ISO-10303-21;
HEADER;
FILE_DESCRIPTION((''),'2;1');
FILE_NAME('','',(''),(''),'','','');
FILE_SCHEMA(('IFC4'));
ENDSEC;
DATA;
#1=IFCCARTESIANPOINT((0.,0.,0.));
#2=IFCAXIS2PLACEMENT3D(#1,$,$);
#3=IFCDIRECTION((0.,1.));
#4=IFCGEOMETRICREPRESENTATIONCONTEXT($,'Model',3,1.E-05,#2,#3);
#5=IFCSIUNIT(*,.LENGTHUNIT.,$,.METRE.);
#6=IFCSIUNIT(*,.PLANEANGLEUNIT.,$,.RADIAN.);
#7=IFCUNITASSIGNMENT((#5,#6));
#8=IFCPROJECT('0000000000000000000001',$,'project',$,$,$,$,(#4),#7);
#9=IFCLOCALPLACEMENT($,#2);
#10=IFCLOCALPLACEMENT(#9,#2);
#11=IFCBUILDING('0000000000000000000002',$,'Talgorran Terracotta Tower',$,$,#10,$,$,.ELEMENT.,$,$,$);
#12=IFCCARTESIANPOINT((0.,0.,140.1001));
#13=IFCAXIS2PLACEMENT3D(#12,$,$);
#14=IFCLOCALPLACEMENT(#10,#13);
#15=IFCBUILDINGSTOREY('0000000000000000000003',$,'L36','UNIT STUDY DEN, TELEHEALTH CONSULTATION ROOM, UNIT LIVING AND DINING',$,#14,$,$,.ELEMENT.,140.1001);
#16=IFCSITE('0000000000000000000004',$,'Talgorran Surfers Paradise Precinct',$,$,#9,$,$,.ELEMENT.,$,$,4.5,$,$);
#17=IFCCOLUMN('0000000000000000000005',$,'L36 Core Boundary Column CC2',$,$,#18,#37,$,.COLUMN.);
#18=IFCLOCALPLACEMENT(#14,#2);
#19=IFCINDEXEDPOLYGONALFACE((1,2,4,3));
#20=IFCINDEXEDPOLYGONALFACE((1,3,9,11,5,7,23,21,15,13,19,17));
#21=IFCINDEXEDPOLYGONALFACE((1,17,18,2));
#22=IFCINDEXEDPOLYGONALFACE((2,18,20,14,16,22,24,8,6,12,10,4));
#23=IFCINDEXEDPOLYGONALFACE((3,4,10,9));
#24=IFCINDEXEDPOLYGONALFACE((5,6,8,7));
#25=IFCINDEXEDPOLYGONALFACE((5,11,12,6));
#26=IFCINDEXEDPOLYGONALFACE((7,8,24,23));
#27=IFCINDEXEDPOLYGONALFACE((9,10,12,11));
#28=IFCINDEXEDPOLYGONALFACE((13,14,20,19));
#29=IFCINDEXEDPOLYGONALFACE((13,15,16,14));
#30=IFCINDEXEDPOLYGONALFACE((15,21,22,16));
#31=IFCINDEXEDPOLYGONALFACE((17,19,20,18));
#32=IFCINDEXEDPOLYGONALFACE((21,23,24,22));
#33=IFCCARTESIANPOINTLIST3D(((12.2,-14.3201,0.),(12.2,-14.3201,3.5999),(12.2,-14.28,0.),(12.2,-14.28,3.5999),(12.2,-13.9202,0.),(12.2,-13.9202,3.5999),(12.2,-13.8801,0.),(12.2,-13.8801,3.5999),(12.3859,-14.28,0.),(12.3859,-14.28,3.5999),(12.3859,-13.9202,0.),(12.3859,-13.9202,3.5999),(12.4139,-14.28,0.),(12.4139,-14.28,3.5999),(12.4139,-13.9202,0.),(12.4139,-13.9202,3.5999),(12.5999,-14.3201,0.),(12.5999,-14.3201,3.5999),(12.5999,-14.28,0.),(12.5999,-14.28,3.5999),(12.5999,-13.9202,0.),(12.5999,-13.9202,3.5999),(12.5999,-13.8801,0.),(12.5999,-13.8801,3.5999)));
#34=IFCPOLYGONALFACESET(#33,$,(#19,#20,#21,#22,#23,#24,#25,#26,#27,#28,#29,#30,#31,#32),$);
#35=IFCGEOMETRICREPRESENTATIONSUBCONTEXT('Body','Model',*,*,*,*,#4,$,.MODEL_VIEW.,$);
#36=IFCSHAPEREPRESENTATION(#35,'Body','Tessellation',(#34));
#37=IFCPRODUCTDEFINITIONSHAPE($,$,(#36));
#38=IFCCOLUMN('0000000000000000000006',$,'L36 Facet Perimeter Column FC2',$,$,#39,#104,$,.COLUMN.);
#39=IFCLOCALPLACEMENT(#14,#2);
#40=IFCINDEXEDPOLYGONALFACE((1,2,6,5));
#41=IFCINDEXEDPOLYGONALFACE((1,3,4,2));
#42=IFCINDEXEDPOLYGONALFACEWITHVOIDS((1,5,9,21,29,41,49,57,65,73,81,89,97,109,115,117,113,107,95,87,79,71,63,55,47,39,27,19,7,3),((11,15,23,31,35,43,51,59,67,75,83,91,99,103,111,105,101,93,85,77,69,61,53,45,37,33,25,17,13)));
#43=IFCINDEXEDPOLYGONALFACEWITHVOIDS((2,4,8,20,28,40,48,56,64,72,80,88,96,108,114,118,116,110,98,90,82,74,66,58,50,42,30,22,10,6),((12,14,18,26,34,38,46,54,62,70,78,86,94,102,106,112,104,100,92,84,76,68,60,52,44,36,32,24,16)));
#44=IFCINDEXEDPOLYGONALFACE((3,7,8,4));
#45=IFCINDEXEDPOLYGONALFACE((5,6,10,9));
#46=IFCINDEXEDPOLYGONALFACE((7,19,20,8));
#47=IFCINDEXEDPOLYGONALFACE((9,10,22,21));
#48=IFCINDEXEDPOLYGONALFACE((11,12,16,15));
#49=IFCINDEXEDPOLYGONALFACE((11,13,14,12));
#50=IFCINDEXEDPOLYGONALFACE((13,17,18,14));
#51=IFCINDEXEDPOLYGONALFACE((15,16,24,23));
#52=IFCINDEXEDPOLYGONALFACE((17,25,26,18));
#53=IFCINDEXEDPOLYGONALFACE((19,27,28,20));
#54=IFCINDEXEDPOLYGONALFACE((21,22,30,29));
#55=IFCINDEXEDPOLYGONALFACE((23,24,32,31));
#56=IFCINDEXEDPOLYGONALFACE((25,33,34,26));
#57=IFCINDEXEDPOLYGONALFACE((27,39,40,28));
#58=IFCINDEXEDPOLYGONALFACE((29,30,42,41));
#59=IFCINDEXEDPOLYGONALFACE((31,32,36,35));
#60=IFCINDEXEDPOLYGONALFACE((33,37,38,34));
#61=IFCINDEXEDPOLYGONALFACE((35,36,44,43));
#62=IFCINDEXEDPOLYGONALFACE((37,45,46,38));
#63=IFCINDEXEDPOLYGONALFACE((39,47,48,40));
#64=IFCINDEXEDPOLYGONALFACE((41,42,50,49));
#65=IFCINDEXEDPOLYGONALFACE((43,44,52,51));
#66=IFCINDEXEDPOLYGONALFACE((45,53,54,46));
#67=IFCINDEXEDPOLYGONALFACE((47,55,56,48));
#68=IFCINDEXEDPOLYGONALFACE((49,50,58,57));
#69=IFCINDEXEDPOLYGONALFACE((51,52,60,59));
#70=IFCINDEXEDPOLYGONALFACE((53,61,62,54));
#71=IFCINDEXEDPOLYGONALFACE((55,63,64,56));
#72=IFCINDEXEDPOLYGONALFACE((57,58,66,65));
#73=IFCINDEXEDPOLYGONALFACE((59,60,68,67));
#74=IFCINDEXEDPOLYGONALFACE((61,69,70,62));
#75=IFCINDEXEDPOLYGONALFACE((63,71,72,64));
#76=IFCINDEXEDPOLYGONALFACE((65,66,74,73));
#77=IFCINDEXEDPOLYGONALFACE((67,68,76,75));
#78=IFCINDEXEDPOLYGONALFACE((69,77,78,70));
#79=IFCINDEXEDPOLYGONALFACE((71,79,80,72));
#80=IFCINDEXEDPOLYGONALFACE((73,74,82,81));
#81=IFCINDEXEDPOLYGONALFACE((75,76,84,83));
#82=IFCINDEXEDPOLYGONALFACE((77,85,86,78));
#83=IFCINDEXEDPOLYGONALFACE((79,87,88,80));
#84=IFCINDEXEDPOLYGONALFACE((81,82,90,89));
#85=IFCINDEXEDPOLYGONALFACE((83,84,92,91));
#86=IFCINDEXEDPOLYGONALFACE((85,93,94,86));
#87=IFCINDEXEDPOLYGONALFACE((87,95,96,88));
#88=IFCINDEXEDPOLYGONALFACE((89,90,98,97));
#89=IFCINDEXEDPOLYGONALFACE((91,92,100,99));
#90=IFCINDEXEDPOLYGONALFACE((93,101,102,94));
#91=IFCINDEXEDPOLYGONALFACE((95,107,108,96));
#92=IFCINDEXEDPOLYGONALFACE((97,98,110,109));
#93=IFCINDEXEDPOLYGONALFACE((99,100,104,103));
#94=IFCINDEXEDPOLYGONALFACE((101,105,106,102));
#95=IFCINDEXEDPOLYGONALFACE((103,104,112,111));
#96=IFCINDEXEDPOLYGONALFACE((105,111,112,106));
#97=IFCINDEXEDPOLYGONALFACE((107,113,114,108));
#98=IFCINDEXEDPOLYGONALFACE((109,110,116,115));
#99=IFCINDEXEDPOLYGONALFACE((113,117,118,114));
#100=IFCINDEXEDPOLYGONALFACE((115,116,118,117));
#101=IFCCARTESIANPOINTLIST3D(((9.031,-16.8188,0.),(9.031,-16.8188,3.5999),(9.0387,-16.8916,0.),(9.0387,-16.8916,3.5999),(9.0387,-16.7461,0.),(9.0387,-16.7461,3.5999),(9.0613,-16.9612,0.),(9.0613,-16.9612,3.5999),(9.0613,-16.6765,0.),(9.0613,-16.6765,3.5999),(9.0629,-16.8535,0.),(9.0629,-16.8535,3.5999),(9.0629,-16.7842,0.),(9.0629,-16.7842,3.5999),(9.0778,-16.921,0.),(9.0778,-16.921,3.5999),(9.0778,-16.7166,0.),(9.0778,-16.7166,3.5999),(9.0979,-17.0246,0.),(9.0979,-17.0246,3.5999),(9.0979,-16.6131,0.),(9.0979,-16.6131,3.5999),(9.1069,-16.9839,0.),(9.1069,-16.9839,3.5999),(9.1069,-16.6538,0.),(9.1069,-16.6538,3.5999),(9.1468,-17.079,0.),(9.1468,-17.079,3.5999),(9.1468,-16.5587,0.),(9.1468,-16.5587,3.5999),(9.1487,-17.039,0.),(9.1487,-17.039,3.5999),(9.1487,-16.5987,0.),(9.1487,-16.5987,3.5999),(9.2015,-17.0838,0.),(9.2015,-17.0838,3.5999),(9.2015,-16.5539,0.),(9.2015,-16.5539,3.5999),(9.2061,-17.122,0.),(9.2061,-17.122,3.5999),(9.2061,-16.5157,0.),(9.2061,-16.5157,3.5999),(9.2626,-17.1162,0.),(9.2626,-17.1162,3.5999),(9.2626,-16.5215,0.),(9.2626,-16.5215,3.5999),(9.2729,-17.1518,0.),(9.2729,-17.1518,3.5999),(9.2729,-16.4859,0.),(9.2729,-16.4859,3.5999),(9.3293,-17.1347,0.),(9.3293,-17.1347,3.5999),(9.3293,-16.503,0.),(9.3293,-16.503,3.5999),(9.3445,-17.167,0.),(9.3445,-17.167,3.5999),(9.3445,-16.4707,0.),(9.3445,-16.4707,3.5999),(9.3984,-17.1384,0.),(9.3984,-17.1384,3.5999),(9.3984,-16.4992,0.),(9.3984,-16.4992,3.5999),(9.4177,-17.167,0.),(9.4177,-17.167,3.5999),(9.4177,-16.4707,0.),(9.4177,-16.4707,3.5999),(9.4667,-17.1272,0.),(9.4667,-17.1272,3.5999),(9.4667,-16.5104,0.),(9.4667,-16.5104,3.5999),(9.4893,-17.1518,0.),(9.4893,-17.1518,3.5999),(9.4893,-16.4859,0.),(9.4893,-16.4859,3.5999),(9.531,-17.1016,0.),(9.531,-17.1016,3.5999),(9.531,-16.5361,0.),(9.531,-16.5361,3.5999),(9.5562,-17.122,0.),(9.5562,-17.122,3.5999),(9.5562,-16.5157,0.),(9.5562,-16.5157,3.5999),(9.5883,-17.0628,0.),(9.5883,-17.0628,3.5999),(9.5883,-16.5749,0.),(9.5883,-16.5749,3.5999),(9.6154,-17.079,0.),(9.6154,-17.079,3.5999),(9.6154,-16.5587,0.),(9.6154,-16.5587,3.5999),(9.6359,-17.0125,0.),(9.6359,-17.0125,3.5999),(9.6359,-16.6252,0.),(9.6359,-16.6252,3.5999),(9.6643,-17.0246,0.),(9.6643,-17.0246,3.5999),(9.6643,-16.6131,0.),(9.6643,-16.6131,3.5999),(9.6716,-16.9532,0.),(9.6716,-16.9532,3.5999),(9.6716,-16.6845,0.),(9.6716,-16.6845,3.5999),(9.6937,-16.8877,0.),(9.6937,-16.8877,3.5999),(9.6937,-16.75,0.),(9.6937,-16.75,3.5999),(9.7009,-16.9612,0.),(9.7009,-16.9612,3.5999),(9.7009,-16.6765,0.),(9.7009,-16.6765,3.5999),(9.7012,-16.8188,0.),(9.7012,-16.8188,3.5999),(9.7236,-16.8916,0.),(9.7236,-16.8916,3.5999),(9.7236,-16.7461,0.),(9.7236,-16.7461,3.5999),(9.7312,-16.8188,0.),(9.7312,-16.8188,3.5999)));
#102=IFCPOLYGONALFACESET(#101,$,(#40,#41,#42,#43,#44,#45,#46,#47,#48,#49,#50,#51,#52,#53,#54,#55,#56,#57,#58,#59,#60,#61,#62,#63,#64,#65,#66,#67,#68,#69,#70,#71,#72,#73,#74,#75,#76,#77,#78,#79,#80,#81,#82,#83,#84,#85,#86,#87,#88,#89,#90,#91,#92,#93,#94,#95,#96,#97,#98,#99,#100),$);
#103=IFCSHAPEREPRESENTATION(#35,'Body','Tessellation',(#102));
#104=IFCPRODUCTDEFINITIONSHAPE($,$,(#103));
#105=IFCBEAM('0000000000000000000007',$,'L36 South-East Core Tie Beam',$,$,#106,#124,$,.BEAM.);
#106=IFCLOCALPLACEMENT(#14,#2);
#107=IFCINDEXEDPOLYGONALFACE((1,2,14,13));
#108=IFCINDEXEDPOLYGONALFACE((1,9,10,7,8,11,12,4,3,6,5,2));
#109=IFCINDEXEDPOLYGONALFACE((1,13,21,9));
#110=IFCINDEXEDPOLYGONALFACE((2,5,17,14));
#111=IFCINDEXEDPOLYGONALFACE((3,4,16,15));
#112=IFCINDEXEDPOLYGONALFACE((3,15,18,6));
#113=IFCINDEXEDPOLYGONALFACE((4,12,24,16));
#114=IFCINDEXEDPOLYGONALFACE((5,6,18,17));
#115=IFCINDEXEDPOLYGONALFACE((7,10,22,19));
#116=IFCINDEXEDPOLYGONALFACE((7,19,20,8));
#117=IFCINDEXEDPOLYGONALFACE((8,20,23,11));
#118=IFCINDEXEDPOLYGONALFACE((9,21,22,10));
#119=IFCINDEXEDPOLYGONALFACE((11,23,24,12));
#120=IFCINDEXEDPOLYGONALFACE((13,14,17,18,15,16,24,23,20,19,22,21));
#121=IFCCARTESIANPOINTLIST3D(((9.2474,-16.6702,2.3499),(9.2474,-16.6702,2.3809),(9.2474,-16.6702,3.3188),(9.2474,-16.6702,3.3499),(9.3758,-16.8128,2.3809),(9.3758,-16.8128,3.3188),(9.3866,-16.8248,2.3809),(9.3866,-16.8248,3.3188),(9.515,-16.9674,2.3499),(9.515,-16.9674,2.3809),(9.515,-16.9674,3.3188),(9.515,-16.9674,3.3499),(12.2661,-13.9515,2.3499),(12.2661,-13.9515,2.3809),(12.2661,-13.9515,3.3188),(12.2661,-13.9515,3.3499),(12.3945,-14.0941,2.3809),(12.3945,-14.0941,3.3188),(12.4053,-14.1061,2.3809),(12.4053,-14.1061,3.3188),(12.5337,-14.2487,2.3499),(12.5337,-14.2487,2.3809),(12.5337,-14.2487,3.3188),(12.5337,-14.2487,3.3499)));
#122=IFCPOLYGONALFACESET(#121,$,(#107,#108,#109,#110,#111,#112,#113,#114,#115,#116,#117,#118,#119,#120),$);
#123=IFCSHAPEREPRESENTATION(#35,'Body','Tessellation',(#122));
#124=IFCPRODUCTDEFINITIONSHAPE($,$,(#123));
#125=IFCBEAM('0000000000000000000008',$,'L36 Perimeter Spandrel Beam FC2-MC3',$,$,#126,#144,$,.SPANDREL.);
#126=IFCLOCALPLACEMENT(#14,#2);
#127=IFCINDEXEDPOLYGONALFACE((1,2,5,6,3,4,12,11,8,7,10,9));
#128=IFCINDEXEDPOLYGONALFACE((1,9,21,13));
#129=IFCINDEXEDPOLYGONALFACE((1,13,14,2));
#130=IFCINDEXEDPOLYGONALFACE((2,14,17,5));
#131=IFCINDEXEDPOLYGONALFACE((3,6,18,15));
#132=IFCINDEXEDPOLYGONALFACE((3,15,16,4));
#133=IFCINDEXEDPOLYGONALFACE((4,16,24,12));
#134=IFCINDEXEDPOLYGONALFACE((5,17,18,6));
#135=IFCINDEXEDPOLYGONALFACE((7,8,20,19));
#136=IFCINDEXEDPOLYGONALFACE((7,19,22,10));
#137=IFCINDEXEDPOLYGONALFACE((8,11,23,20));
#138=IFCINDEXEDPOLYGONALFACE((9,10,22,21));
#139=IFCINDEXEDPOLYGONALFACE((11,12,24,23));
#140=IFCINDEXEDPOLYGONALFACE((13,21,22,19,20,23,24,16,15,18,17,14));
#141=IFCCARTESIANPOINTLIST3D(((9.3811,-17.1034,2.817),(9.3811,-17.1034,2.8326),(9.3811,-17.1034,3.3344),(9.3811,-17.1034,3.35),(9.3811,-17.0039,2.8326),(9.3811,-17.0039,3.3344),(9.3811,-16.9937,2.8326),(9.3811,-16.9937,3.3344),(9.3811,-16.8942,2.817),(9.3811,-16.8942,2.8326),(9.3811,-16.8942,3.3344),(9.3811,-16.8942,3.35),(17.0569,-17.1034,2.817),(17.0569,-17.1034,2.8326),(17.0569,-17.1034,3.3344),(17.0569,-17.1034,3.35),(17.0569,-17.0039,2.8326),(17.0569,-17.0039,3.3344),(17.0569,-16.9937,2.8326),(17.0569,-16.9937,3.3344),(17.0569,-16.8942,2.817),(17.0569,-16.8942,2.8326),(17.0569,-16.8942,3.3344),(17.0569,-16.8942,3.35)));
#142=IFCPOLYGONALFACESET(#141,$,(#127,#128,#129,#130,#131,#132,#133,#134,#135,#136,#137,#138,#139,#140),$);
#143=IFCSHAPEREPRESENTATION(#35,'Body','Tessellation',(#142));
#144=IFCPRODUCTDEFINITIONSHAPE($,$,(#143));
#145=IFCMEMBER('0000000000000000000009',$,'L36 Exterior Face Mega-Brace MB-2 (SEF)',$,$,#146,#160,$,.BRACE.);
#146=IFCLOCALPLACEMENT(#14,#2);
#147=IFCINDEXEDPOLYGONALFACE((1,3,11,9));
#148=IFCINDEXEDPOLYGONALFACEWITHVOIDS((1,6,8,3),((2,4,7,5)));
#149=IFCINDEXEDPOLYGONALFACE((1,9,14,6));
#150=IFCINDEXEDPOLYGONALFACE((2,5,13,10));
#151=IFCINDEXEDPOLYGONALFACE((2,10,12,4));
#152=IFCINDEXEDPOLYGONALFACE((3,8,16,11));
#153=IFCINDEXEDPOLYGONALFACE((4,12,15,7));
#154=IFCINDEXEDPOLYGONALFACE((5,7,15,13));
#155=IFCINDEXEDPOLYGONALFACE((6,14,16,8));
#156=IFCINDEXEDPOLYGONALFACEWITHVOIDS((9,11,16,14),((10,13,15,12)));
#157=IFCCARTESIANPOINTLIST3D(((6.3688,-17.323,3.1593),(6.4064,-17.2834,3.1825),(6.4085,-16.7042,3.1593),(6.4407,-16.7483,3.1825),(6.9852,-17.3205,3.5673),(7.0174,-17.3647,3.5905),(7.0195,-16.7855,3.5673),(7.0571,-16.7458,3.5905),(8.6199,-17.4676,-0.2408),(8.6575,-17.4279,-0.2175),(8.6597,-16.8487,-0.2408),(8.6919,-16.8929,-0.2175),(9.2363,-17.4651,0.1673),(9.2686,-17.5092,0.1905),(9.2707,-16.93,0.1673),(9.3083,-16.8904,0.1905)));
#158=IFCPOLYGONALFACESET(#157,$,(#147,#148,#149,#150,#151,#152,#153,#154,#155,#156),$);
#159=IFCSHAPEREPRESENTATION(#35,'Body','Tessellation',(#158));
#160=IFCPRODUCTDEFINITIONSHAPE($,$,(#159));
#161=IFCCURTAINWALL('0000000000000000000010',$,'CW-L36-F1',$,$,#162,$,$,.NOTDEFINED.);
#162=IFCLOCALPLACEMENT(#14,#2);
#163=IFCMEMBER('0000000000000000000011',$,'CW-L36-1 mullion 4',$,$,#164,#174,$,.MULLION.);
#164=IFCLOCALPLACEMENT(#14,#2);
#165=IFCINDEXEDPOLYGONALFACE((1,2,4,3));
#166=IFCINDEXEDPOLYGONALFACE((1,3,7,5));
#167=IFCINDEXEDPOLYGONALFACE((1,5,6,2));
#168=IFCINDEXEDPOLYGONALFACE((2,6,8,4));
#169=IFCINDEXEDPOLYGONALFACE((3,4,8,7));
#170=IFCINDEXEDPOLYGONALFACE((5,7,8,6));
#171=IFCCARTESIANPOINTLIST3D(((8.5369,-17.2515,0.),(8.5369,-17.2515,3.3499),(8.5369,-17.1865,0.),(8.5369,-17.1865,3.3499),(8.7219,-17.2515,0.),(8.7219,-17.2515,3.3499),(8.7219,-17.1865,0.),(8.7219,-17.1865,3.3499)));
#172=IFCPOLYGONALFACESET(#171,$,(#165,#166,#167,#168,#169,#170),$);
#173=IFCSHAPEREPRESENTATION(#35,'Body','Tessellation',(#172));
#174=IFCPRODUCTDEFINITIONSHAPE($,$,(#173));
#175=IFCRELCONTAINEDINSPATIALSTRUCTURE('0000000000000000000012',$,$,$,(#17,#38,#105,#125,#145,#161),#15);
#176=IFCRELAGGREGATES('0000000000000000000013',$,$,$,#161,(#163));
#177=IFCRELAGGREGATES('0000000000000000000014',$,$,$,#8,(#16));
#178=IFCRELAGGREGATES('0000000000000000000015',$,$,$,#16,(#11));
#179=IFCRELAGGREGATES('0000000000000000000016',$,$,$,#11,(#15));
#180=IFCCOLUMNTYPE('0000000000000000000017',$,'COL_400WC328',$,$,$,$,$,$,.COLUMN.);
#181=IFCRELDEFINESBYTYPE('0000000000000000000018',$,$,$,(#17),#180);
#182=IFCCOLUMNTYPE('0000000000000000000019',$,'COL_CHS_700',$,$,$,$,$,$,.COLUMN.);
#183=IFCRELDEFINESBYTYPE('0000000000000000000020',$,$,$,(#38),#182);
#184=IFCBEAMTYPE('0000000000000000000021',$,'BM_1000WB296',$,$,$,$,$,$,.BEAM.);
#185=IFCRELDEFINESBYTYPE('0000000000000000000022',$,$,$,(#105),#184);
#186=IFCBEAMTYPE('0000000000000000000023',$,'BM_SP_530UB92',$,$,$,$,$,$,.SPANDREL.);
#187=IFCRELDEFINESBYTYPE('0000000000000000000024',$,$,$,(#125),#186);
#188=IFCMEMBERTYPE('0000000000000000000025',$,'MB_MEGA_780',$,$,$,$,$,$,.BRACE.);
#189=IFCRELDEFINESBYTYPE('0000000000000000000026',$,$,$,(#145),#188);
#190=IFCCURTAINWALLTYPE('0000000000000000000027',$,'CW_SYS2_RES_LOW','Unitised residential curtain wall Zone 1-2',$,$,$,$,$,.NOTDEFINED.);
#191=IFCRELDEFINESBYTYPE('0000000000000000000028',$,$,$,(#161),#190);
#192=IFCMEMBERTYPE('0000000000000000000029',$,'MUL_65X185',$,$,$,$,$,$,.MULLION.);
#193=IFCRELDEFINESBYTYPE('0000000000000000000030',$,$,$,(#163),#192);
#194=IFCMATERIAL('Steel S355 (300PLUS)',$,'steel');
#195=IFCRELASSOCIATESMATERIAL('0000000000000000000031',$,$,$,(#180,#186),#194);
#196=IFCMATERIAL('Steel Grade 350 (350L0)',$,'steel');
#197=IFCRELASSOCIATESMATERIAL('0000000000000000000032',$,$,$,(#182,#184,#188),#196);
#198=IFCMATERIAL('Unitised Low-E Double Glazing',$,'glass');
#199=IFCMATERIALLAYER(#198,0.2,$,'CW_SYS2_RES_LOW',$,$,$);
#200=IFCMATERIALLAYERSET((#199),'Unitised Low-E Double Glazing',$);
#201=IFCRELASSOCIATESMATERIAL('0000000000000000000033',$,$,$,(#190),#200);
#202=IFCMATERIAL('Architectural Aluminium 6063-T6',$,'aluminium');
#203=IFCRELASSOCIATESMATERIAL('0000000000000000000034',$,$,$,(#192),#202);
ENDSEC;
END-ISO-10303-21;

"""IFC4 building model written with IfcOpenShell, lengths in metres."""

from ifc_helpers import new_model, si_unit, direction, frame, origin, origin_2d, place, context, subcontext, project, spatial, rectangle, hollow_rectangle, hollow_circle, i_section, extrude, material, layer, layer_set, material_profile, profile_set, type_object, element, aggregate, save


model = new_model("IFC4")

# Units and contexts
model_context = context("Model", 3, precision=1e-05, world=origin(), true_north=direction((0.0, 1.0)))
body_context = subcontext(model_context, "Body", "Model", "MODEL_VIEW")
ifc_project = project(units=[si_unit("LENGTHUNIT", "METRE"), si_unit("PLANEANGLEUNIT", "RADIAN")], contexts=[model_context])

# Site, building, storey
site_placement = place(None, origin())
site = spatial("IfcSite", under=ifc_project, at=site_placement, Name="Talgorran Surfers Paradise Precinct", CompositionType="ELEMENT", RefElevation=4.5)
building_placement = place(site_placement, origin())
building = spatial("IfcBuilding", under=site, at=building_placement, Name="Talgorran Terracotta Tower", CompositionType="ELEMENT")
storey_placement = place(building_placement, frame((0.0, 0.0, 140.1001)))
storey = spatial("IfcBuildingStorey", under=building, at=storey_placement, Name="L36", Description="UNIT STUDY DEN, TELEHEALTH CONSULTATION ROOM, UNIT LIVING AND DINING", CompositionType="ELEMENT", Elevation=140.1001)

# Columns
ifc_material_1 = material(Name="Steel S355 (300PLUS)", Category="steel")
ifc_material_profile_1 = material_profile(ifc_material_1, i_section(OverallWidth=0.3999, OverallDepth=0.4399, WebThickness=0.0281, FlangeThickness=0.04, at=origin_2d()), Name="400WC328")
ifc_profile_set_1 = profile_set([ifc_material_profile_1], Name="Steel S355 (300PLUS)")
column_type_1 = type_object("IfcColumnType", Name="COL_400WC328", PredefinedType="COLUMN", material=ifc_profile_set_1)
column_1_placement = place(storey_placement, frame((12.3999, -14.1001, 0.0), z_axis=(0.0, 0.0, 1.0), x_axis=(1.0, 0.0, 0.0)))
element("IfcColumn", 1, at=column_1_placement, inside=storey, type_object=column_type_1, Name="L36 Core Boundary Column CC2", PredefinedType="COLUMN", context=body_context, shape_type="SweptSolid", body=[
    extrude(i_section(OverallWidth=0.3999, OverallDepth=0.4399, WebThickness=0.0281, FlangeThickness=0.04, at=origin_2d()), origin(), (0.0, 0.0, 1.0), 3.5999),
])
ifc_material_2 = material(Name="Steel Grade 350 (350L0)", Category="steel")
ifc_material_profile_2 = material_profile(ifc_material_2, hollow_circle(Radius=0.3501, WallThickness=0.03, at=origin_2d()), Name="CHS700X30")
ifc_profile_set_2 = profile_set([ifc_material_profile_2], Name="Steel Grade 350 (350L0)")
column_type_2 = type_object("IfcColumnType", Name="COL_CHS_700", PredefinedType="COLUMN", material=ifc_profile_set_2)
column_2_placement = place(storey_placement, frame((9.3811, -16.8188, 0.0), z_axis=(0.0, 0.0, 1.0), x_axis=(1.0, 0.0, 0.0)))
element("IfcColumn", 2, at=column_2_placement, inside=storey, type_object=column_type_2, Name="L36 Facet Perimeter Column FC2", PredefinedType="COLUMN", context=body_context, shape_type="SweptSolid", body=[
    extrude(hollow_circle(Radius=0.3501, WallThickness=0.03, at=origin_2d()), origin(), (0.0, 0.0, 1.0), 3.5999),
])

# Beams
ifc_material_profile_3 = material_profile(ifc_material_2, i_section(OverallWidth=0.3999, OverallDepth=1.0, WebThickness=0.0161, FlangeThickness=0.031, at=origin_2d()), Name="1000WB296")
ifc_profile_set_3 = profile_set([ifc_material_profile_3], Name="Steel Grade 350 (350L0)")
beam_type_1 = type_object("IfcBeamType", Name="BM_1000WB296", PredefinedType="BEAM", material=ifc_profile_set_3)
beam_1_placement = place(storey_placement, frame((12.3999, -14.1001, 2.8499), z_axis=(-0.74307, -0.669214, 0.0), x_axis=(0.669214, -0.74307, 0.0)))
element("IfcBeam", 3, at=beam_1_placement, inside=storey, type_object=beam_type_1, Name="L36 South-East Core Tie Beam", PredefinedType="BEAM", context=body_context, shape_type="SweptSolid", body=[
    extrude(i_section(OverallWidth=0.3999, OverallDepth=1.0, WebThickness=0.0161, FlangeThickness=0.031, at=origin_2d()), origin(), (0.0, 0.0, 1.0), 4.0625),
])
ifc_material_profile_4 = material_profile(ifc_material_1, i_section(OverallWidth=0.2092, OverallDepth=0.533, WebThickness=0.0103, FlangeThickness=0.0156, at=origin_2d()), Name="530UB92.4")
ifc_profile_set_4 = profile_set([ifc_material_profile_4], Name="Steel S355 (300PLUS)")
beam_type_2 = type_object("IfcBeamType", Name="BM_SP_530UB92", PredefinedType="SPANDREL", material=ifc_profile_set_4)
beam_2_placement = place(storey_placement, frame((9.3811, -16.9988, 3.0835), z_axis=(1.0, 0.0, 0.0), x_axis=(0.0, 1.0, 0.0)))
element("IfcBeam", 4, at=beam_2_placement, inside=storey, type_object=beam_type_2, Name="L36 Perimeter Spandrel Beam FC2-MC3", PredefinedType="SPANDREL", context=body_context, shape_type="SweptSolid", body=[
    extrude(i_section(OverallWidth=0.2092, OverallDepth=0.533, WebThickness=0.0103, FlangeThickness=0.0156, at=origin_2d()), origin(), (0.0, 0.0, 1.0), 7.6758),
])

# Member
ifc_material_profile_5 = material_profile(ifc_material_2, hollow_rectangle(XDim=0.6201, YDim=0.78, WallThickness=0.042, at=origin_2d()), Name="WBOX780X620X42")
ifc_profile_set_5 = profile_set([ifc_material_profile_5], Name="Steel Grade 350 (350L0)")
member_type_1 = type_object("IfcMemberType", Name="MB_MEGA_780", PredefinedType="BRACE", material=ifc_profile_set_5)
member_1_placement = place(storey_placement, frame((8.9641, -17.179, -0.0251), z_axis=(-0.551712, 0.035421, 0.833282), x_axis=(-0.064069, -0.997945, 0.0)))
element("IfcMember", 5, at=member_1_placement, inside=storey, type_object=member_type_1, Name="L36 Exterior Face Mega-Brace MB-2 (SEF)", PredefinedType="BRACE", context=body_context, shape_type="SweptSolid", body=[
    extrude(hollow_rectangle(XDim=0.6201, YDim=0.78, WallThickness=0.042, at=origin_2d()), origin(), (0.0, 0.0, 1.0), 4.0803),
])

# Curtain wall, member
ifc_material_3 = material(Name="Unitised Low-E Double Glazing", Category="glass")
ifc_layer_1 = layer(ifc_material_3, 0.2, Name="CW_SYS2_RES_LOW")
ifc_layer_set_1 = layer_set([ifc_layer_1], Name="Unitised Low-E Double Glazing")
curtain_wall_type = type_object("IfcCurtainWallType", Name="CW_SYS2_RES_LOW", Description="Unitised residential curtain wall Zone 1-2", PredefinedType="NOTDEFINED", material=ifc_layer_set_1)
curtain_wall_placement = place(storey_placement, origin())
curtain_wall = element("IfcCurtainWall", 6, at=curtain_wall_placement, inside=storey, type_object=curtain_wall_type, Name="CW-L36-F1", PredefinedType="NOTDEFINED")
ifc_material_4 = material(Name="Architectural Aluminium 6063-T6", Category="aluminium")
ifc_material_profile_6 = material_profile(ifc_material_4, rectangle(XDim=0.0649, YDim=0.1851, at=origin_2d()), Name="CWM65X185")
ifc_profile_set_6 = profile_set([ifc_material_profile_6], Name="Architectural Aluminium 6063-T6")
member_type_2 = type_object("IfcMemberType", Name="MUL_65X185", PredefinedType="MULLION", material=ifc_profile_set_6)
member_2_placement = place(storey_placement, frame((8.6294, -17.219, 0.0), z_axis=(0.0, 0.0, 1.0), x_axis=(0.0, 1.0, 0.0)))
member_2 = element("IfcMember", 7, at=member_2_placement, type_object=member_type_2, Name="CW-L36-1 mullion 4", PredefinedType="MULLION", context=body_context, shape_type="SweptSolid", body=[
    extrude(rectangle(XDim=0.0649, YDim=0.1851, at=origin_2d()), origin(), (0.0, 0.0, 1.0), 3.3499),
])
aggregate(curtain_wall, [member_2])

save(model, "model.ifc")
